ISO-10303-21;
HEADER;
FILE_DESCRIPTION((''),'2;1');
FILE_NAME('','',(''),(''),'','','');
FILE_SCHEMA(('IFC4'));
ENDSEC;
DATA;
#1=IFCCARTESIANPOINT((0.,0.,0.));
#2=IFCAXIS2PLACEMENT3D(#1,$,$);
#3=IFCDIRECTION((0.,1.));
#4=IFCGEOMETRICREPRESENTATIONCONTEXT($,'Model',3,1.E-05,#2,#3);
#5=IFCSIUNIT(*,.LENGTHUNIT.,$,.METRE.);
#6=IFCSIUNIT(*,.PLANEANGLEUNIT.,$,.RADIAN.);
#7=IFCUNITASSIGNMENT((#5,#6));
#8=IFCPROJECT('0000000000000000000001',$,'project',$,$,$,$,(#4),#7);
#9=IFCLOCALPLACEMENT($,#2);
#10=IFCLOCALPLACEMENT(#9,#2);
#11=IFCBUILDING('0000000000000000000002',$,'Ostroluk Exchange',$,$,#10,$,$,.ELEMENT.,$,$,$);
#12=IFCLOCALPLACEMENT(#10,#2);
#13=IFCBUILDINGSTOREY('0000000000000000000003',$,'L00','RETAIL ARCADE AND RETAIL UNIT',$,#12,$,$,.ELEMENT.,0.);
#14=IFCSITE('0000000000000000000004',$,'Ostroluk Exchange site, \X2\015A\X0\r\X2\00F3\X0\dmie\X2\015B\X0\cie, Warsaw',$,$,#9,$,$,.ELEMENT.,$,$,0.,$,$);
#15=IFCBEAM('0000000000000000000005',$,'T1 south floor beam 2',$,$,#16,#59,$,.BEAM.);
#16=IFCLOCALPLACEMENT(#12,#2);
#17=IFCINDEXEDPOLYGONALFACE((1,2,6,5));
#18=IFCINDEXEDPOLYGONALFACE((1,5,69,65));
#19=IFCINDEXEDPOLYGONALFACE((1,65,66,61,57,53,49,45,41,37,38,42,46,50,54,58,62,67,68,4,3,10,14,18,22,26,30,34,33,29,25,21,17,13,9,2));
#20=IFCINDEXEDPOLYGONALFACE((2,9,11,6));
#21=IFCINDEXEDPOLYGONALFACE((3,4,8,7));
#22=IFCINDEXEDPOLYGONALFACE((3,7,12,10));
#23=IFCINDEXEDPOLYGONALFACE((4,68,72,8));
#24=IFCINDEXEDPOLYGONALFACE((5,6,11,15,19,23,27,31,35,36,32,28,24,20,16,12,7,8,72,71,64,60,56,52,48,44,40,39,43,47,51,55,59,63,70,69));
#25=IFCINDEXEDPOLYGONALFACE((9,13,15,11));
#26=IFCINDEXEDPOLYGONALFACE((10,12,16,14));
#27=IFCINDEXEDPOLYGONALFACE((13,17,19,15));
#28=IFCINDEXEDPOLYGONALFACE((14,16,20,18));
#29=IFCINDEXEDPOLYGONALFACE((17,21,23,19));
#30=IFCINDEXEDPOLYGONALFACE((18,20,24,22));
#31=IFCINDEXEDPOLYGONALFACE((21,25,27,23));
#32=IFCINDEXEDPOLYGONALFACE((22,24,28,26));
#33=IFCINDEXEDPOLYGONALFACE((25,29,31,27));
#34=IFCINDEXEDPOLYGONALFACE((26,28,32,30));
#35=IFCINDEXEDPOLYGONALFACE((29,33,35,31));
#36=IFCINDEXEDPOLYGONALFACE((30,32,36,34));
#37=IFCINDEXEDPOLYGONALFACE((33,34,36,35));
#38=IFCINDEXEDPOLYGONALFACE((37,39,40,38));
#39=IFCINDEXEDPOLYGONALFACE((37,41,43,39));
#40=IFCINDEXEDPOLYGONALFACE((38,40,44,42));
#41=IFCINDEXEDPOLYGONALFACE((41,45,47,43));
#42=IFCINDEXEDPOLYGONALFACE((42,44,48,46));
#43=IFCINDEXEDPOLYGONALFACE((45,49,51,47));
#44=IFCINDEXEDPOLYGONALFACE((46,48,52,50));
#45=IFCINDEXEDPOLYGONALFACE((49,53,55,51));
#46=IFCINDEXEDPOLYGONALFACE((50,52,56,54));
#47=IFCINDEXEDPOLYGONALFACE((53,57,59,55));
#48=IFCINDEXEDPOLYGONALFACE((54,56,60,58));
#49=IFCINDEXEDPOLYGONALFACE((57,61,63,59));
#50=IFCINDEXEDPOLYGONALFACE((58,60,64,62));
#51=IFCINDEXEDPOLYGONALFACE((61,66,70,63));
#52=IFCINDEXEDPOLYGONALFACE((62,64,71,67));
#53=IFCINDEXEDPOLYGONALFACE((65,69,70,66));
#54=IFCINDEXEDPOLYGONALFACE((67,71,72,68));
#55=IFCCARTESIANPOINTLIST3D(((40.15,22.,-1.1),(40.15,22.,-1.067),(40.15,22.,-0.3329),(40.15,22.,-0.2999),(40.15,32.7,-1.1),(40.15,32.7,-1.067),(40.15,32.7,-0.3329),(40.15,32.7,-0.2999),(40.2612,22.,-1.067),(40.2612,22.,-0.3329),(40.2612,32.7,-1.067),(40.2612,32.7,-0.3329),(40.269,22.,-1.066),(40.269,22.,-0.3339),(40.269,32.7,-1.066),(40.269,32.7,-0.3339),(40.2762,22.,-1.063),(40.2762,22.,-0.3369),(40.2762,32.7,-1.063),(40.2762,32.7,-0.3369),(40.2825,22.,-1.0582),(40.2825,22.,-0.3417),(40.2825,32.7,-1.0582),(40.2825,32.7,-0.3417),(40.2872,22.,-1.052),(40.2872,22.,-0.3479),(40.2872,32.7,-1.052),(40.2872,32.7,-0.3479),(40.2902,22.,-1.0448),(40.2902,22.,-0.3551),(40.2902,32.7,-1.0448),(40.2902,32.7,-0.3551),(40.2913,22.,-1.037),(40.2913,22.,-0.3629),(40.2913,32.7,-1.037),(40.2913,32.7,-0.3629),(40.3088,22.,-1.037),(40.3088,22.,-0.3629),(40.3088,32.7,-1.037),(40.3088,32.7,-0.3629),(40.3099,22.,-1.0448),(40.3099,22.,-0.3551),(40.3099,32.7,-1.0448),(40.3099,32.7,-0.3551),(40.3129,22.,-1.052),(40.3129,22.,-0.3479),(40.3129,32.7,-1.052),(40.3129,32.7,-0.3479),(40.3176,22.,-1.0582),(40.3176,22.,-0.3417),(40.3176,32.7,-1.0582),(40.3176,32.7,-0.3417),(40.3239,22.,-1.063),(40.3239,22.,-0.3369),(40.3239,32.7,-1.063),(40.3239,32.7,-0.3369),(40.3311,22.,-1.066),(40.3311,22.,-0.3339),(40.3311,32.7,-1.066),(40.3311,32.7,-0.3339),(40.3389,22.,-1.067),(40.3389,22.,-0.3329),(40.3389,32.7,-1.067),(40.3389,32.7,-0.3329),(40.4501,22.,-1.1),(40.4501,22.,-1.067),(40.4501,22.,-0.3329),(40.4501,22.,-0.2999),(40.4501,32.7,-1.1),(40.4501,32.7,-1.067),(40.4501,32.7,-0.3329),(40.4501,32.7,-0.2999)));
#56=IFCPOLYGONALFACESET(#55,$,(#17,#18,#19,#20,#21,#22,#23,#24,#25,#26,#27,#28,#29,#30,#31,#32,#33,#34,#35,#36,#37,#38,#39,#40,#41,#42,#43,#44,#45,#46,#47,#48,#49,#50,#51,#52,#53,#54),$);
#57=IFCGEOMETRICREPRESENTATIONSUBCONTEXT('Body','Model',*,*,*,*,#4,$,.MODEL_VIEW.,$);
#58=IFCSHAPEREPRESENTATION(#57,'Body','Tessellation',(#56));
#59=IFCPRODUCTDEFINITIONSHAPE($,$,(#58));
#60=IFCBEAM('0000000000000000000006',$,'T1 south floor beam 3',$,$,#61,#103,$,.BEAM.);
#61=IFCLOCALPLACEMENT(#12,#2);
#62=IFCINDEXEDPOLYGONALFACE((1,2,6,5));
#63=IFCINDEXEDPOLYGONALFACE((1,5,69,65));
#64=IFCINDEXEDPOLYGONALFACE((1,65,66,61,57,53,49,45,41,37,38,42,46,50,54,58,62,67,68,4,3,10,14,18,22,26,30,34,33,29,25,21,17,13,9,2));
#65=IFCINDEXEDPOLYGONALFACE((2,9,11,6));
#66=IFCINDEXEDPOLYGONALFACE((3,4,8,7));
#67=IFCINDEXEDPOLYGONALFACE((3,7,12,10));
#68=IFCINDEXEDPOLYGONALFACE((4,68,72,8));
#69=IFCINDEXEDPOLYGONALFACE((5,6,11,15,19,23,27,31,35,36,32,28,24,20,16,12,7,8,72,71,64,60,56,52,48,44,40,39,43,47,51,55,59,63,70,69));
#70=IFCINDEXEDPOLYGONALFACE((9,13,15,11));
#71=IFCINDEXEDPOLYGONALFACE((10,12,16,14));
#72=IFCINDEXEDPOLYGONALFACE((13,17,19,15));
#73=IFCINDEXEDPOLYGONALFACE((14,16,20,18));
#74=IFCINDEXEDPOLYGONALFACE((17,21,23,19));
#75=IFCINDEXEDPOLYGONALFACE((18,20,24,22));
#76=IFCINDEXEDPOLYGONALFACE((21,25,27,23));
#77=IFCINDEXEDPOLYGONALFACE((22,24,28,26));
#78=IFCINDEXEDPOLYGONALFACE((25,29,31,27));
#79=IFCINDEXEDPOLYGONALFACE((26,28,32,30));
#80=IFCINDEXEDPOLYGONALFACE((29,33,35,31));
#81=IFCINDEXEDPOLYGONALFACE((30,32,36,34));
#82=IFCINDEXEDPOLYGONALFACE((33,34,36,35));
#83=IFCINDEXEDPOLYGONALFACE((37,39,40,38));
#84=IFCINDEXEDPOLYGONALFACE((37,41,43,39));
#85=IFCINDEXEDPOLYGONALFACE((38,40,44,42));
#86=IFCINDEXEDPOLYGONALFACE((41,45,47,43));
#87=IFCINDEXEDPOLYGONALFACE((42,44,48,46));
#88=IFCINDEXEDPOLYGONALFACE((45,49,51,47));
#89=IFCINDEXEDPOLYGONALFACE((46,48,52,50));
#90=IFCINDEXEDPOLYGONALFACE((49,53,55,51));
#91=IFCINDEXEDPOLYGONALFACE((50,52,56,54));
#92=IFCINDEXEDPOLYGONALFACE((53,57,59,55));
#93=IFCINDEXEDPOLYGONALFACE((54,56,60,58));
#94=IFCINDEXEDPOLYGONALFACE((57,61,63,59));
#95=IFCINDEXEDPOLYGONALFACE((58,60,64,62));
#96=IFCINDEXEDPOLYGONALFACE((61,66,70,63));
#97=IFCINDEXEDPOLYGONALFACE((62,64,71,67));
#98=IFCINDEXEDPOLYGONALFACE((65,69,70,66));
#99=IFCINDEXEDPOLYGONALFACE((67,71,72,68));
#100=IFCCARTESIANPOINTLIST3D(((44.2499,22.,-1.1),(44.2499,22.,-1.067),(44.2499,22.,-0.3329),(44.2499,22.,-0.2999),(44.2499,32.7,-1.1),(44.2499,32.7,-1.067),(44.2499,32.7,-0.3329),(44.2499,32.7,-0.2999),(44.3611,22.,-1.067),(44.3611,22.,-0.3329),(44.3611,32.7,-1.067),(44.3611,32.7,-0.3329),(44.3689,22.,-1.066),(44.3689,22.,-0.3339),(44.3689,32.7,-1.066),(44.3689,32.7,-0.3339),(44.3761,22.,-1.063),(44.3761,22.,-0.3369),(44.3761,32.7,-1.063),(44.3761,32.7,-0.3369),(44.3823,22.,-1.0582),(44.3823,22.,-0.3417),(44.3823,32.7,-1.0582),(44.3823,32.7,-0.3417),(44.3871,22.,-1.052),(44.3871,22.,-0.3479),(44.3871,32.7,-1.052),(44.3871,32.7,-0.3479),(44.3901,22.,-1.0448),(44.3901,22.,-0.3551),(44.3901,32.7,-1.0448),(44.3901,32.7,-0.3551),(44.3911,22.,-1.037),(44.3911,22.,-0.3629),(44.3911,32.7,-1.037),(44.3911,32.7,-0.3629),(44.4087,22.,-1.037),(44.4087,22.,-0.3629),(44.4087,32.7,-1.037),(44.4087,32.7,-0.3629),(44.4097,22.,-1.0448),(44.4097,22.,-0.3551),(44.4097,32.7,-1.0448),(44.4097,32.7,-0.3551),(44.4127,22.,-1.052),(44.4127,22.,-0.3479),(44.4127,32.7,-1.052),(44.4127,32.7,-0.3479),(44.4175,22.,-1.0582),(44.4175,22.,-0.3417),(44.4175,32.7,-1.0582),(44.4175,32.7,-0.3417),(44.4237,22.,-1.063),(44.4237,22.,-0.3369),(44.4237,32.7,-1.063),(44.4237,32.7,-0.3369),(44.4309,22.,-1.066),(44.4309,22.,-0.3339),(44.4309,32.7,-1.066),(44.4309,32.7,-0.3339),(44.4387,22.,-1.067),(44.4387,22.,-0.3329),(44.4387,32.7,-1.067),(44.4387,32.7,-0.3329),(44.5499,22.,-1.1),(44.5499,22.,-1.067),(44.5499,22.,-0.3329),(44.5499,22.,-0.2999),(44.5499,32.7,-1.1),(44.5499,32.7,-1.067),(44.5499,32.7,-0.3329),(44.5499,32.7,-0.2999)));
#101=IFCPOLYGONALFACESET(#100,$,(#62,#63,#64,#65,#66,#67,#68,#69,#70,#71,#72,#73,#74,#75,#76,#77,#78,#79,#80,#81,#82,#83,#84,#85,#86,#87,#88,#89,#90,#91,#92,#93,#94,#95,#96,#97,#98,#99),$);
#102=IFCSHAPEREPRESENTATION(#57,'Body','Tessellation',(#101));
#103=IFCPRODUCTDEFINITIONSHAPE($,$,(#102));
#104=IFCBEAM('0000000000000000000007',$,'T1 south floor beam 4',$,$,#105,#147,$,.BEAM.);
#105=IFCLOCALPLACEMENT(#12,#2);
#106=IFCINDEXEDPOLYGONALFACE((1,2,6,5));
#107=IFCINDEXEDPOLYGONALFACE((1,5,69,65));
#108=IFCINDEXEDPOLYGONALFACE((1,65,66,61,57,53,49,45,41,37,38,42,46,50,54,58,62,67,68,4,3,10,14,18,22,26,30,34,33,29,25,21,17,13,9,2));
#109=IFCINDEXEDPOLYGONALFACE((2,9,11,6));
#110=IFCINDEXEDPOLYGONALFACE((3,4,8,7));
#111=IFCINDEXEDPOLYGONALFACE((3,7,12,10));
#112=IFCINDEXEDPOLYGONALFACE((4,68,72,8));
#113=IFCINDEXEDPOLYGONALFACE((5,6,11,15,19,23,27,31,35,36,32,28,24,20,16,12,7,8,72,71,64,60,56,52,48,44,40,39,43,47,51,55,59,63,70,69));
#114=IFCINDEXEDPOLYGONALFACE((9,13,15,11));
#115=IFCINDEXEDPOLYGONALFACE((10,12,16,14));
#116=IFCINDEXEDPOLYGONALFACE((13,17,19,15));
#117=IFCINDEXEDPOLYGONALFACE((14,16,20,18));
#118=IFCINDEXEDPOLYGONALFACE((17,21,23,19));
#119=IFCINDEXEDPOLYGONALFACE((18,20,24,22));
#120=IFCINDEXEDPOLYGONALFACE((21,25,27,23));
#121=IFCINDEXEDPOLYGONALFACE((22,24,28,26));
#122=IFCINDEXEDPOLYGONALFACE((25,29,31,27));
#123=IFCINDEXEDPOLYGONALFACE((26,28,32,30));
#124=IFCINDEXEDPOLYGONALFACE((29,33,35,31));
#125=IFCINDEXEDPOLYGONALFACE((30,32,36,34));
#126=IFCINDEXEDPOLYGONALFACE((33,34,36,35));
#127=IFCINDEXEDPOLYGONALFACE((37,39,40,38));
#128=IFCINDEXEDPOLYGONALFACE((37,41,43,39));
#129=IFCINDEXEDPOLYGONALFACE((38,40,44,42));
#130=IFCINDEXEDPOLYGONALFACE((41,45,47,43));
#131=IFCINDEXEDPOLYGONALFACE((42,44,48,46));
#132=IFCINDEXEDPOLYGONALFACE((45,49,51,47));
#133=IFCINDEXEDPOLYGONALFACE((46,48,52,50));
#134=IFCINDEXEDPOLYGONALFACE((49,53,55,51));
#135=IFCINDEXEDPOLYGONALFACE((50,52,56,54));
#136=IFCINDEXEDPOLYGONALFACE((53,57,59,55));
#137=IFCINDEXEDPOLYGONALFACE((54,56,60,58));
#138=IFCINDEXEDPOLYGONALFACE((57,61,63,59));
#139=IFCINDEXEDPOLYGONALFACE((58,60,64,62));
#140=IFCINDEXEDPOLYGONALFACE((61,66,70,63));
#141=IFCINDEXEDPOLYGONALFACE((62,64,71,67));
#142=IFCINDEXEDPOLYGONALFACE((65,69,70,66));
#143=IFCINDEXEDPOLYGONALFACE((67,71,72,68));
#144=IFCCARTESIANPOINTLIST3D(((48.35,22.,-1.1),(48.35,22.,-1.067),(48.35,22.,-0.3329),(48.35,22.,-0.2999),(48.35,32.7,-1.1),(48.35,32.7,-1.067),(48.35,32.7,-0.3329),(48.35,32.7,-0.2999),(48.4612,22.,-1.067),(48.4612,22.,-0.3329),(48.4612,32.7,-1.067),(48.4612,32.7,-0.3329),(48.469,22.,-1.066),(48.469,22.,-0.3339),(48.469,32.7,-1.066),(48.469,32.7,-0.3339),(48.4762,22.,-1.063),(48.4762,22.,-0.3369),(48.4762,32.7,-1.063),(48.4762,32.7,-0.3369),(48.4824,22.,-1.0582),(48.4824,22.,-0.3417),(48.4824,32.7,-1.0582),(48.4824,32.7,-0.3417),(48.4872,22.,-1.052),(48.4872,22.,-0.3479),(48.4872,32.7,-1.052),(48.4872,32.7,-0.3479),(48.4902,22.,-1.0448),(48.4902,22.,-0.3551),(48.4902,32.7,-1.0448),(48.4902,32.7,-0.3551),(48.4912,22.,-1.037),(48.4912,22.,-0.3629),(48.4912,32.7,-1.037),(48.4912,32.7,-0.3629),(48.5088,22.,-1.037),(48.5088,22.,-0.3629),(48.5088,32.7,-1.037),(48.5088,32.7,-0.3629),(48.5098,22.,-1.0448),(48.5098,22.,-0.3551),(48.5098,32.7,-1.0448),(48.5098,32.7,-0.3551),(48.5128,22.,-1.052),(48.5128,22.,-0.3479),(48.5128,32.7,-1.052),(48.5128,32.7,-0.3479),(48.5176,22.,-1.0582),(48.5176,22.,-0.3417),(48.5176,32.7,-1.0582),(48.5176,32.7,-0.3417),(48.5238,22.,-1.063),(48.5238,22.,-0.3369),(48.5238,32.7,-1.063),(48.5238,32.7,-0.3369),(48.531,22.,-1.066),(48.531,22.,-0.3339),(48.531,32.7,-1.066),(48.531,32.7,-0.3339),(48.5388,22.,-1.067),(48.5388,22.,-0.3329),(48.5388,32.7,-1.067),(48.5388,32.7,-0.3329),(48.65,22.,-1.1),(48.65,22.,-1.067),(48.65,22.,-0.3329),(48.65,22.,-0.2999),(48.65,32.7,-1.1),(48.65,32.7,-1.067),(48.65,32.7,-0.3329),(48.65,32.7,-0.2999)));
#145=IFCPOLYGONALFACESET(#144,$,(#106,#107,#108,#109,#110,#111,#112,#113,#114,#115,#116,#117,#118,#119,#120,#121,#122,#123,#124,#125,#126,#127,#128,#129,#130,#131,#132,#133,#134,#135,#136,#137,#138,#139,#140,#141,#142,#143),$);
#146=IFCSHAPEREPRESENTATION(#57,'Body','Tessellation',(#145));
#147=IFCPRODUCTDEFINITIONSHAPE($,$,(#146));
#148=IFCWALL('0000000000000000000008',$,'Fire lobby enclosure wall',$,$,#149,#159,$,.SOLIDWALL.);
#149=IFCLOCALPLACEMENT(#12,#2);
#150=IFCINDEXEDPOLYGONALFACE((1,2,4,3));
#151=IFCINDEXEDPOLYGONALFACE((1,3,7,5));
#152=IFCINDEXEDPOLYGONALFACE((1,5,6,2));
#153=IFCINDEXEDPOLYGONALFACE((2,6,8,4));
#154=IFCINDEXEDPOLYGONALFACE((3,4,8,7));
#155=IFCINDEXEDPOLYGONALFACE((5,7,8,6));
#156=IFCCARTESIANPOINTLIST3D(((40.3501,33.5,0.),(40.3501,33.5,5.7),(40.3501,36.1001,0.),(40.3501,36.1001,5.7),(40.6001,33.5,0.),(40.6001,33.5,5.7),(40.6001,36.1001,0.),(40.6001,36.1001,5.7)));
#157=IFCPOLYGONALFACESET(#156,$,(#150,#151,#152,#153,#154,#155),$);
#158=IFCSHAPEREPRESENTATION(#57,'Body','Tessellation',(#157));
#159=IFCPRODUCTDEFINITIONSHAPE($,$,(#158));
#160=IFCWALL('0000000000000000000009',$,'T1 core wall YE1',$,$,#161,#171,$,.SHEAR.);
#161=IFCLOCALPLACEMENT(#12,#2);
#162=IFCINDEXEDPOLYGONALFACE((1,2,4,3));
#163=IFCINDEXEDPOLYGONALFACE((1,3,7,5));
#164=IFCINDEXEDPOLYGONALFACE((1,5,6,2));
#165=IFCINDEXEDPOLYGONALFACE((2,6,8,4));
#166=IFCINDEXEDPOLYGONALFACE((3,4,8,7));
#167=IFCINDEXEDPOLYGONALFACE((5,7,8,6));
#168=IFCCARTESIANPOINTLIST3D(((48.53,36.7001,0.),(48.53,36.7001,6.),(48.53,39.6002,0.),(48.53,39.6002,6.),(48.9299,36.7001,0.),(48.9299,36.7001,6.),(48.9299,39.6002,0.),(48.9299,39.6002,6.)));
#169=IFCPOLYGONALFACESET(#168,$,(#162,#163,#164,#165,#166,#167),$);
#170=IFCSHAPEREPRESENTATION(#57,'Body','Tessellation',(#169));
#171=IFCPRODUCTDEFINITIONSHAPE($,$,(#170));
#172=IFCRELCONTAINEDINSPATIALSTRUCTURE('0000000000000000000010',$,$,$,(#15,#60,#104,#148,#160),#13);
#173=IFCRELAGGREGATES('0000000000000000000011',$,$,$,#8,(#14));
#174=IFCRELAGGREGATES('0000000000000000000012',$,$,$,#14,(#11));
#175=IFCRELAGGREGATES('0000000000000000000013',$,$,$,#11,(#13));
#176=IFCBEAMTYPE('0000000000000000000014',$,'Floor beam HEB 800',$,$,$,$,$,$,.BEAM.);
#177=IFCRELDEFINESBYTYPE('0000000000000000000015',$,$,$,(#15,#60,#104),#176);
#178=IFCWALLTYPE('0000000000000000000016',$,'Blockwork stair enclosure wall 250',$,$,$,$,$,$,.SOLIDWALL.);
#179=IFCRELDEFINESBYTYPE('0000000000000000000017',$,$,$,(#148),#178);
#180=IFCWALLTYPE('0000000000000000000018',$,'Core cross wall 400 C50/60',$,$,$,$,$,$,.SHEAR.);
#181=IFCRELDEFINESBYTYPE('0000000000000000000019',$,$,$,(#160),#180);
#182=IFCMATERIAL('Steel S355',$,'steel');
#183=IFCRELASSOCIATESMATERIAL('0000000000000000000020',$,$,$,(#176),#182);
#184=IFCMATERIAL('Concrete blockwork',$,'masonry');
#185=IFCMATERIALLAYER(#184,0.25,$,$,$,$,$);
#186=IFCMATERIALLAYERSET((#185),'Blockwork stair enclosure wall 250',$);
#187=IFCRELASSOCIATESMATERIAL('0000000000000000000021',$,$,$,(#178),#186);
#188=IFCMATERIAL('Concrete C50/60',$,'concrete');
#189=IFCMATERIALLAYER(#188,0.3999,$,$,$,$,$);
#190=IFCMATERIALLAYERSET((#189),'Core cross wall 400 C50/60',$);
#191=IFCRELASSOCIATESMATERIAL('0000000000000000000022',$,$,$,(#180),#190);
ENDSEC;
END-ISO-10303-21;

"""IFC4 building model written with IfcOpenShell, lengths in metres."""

from ifc_helpers import new_model, si_unit, direction, frame, frame_2d, origin, origin_2d, place, context, subcontext, project, spatial, rectangle, i_section, extrude, material, layer, layer_set, material_profile, profile_set, type_object, element, save


model = new_model("IFC4")

# Units and contexts
model_context = context("Model", 3, precision=1e-05, world=origin(), true_north=direction((0.0, 1.0)))
body_context = subcontext(model_context, "Body", "Model", "MODEL_VIEW")
ifc_project = project(units=[si_unit("LENGTHUNIT", "METRE"), si_unit("PLANEANGLEUNIT", "RADIAN")], contexts=[model_context])

# Site, building, storey
site_placement = place(None, origin())
site = spatial("IfcSite", under=ifc_project, at=site_placement, Name="Ostroluk Exchange site, Śródmieście, Warsaw", CompositionType="ELEMENT", RefElevation=0.0)
building_placement = place(site_placement, origin())
building = spatial("IfcBuilding", under=site, at=building_placement, Name="Ostroluk Exchange", CompositionType="ELEMENT")
storey_placement = place(building_placement, origin())
storey = spatial("IfcBuildingStorey", under=building, at=storey_placement, Name="L00", Description="RETAIL ARCADE AND RETAIL UNIT", CompositionType="ELEMENT", Elevation=0.0)

# Beams
ifc_material_1 = material(Name="Steel S355", Category="steel")
ifc_material_profile = material_profile(ifc_material_1, i_section(OverallWidth=0.3, OverallDepth=0.8, WebThickness=0.0176, FlangeThickness=0.033, FilletRadius=0.03, at=origin_2d()), Name="HEB 800")
ifc_profile_set = profile_set([ifc_material_profile], Name="Steel S355")
beam_type = type_object("IfcBeamType", Name="Floor beam HEB 800", PredefinedType="BEAM", material=ifc_profile_set)
for number, where, z_axis, x_axis, name in (
    (1, (40.3, 32.7, -0.7), (0.0, -1.0, 0.0), (1.0, 0.0, 0.0), "T1 south floor beam 2"),
    (2, (44.3999, 32.7, -0.7), (0.0, -1.0, 0.0), (1.0, 0.0, 0.0), "T1 south floor beam 3"),
    (3, (48.5, 32.7, -0.7), (0.0, -1.0, 0.0), (1.0, 0.0, 0.0), "T1 south floor beam 4"),
):
    element("IfcBeam", number, at=place(storey_placement, frame(where, z_axis=z_axis, x_axis=x_axis)), inside=storey, type_object=beam_type, Name=name, PredefinedType="BEAM", context=body_context, shape_type="SweptSolid", body=[
        extrude(i_section(OverallWidth=0.3, OverallDepth=0.8, WebThickness=0.0176, FlangeThickness=0.033, FilletRadius=0.03, at=origin_2d()), origin(), (0.0, 0.0, 1.0), 10.7),
    ])

# Walls
ifc_material_2 = material(Name="Concrete blockwork", Category="masonry")
ifc_layer_1 = layer(ifc_material_2, 0.25)
ifc_layer_set_1 = layer_set([ifc_layer_1], Name="Blockwork stair enclosure wall 250")
wall_type_1 = type_object("IfcWallType", Name="Blockwork stair enclosure wall 250", PredefinedType="SOLIDWALL", material=ifc_layer_set_1)
wall_1_placement = place(storey_placement, frame((40.4751, 33.5, 0.0), z_axis=(0.0, 0.0, 1.0), x_axis=(0.0, 1.0, 0.0)))
element("IfcWall", 4, at=wall_1_placement, inside=storey, type_object=wall_type_1, Name="Fire lobby enclosure wall", PredefinedType="SOLIDWALL", context=body_context, shape_type="SweptSolid", body=[
    extrude(rectangle(XDim=2.6001, YDim=0.25, at=frame_2d((1.3, 0.0))), origin(), (0.0, 0.0, 1.0), 5.7),
])
ifc_material_3 = material(Name="Concrete C50/60", Category="concrete")
ifc_layer_2 = layer(ifc_material_3, 0.3999)
ifc_layer_set_2 = layer_set([ifc_layer_2], Name="Core cross wall 400 C50/60")
wall_type_2 = type_object("IfcWallType", Name="Core cross wall 400 C50/60", PredefinedType="SHEAR", material=ifc_layer_set_2)
wall_2_placement = place(storey_placement, frame((48.73, 36.7, 0.0), z_axis=(0.0, 0.0, 1.0), x_axis=(0.0, 1.0, 0.0)))
element("IfcWall", 5, at=wall_2_placement, inside=storey, type_object=wall_type_2, Name="T1 core wall YE1", PredefinedType="SHEAR", context=body_context, shape_type="SweptSolid", body=[
    extrude(rectangle(XDim=2.9001, YDim=0.3999, at=frame_2d((1.4502, 0.0))), origin(), (0.0, 0.0, 1.0), 6.0),
])

save(model, "model.ifc")
